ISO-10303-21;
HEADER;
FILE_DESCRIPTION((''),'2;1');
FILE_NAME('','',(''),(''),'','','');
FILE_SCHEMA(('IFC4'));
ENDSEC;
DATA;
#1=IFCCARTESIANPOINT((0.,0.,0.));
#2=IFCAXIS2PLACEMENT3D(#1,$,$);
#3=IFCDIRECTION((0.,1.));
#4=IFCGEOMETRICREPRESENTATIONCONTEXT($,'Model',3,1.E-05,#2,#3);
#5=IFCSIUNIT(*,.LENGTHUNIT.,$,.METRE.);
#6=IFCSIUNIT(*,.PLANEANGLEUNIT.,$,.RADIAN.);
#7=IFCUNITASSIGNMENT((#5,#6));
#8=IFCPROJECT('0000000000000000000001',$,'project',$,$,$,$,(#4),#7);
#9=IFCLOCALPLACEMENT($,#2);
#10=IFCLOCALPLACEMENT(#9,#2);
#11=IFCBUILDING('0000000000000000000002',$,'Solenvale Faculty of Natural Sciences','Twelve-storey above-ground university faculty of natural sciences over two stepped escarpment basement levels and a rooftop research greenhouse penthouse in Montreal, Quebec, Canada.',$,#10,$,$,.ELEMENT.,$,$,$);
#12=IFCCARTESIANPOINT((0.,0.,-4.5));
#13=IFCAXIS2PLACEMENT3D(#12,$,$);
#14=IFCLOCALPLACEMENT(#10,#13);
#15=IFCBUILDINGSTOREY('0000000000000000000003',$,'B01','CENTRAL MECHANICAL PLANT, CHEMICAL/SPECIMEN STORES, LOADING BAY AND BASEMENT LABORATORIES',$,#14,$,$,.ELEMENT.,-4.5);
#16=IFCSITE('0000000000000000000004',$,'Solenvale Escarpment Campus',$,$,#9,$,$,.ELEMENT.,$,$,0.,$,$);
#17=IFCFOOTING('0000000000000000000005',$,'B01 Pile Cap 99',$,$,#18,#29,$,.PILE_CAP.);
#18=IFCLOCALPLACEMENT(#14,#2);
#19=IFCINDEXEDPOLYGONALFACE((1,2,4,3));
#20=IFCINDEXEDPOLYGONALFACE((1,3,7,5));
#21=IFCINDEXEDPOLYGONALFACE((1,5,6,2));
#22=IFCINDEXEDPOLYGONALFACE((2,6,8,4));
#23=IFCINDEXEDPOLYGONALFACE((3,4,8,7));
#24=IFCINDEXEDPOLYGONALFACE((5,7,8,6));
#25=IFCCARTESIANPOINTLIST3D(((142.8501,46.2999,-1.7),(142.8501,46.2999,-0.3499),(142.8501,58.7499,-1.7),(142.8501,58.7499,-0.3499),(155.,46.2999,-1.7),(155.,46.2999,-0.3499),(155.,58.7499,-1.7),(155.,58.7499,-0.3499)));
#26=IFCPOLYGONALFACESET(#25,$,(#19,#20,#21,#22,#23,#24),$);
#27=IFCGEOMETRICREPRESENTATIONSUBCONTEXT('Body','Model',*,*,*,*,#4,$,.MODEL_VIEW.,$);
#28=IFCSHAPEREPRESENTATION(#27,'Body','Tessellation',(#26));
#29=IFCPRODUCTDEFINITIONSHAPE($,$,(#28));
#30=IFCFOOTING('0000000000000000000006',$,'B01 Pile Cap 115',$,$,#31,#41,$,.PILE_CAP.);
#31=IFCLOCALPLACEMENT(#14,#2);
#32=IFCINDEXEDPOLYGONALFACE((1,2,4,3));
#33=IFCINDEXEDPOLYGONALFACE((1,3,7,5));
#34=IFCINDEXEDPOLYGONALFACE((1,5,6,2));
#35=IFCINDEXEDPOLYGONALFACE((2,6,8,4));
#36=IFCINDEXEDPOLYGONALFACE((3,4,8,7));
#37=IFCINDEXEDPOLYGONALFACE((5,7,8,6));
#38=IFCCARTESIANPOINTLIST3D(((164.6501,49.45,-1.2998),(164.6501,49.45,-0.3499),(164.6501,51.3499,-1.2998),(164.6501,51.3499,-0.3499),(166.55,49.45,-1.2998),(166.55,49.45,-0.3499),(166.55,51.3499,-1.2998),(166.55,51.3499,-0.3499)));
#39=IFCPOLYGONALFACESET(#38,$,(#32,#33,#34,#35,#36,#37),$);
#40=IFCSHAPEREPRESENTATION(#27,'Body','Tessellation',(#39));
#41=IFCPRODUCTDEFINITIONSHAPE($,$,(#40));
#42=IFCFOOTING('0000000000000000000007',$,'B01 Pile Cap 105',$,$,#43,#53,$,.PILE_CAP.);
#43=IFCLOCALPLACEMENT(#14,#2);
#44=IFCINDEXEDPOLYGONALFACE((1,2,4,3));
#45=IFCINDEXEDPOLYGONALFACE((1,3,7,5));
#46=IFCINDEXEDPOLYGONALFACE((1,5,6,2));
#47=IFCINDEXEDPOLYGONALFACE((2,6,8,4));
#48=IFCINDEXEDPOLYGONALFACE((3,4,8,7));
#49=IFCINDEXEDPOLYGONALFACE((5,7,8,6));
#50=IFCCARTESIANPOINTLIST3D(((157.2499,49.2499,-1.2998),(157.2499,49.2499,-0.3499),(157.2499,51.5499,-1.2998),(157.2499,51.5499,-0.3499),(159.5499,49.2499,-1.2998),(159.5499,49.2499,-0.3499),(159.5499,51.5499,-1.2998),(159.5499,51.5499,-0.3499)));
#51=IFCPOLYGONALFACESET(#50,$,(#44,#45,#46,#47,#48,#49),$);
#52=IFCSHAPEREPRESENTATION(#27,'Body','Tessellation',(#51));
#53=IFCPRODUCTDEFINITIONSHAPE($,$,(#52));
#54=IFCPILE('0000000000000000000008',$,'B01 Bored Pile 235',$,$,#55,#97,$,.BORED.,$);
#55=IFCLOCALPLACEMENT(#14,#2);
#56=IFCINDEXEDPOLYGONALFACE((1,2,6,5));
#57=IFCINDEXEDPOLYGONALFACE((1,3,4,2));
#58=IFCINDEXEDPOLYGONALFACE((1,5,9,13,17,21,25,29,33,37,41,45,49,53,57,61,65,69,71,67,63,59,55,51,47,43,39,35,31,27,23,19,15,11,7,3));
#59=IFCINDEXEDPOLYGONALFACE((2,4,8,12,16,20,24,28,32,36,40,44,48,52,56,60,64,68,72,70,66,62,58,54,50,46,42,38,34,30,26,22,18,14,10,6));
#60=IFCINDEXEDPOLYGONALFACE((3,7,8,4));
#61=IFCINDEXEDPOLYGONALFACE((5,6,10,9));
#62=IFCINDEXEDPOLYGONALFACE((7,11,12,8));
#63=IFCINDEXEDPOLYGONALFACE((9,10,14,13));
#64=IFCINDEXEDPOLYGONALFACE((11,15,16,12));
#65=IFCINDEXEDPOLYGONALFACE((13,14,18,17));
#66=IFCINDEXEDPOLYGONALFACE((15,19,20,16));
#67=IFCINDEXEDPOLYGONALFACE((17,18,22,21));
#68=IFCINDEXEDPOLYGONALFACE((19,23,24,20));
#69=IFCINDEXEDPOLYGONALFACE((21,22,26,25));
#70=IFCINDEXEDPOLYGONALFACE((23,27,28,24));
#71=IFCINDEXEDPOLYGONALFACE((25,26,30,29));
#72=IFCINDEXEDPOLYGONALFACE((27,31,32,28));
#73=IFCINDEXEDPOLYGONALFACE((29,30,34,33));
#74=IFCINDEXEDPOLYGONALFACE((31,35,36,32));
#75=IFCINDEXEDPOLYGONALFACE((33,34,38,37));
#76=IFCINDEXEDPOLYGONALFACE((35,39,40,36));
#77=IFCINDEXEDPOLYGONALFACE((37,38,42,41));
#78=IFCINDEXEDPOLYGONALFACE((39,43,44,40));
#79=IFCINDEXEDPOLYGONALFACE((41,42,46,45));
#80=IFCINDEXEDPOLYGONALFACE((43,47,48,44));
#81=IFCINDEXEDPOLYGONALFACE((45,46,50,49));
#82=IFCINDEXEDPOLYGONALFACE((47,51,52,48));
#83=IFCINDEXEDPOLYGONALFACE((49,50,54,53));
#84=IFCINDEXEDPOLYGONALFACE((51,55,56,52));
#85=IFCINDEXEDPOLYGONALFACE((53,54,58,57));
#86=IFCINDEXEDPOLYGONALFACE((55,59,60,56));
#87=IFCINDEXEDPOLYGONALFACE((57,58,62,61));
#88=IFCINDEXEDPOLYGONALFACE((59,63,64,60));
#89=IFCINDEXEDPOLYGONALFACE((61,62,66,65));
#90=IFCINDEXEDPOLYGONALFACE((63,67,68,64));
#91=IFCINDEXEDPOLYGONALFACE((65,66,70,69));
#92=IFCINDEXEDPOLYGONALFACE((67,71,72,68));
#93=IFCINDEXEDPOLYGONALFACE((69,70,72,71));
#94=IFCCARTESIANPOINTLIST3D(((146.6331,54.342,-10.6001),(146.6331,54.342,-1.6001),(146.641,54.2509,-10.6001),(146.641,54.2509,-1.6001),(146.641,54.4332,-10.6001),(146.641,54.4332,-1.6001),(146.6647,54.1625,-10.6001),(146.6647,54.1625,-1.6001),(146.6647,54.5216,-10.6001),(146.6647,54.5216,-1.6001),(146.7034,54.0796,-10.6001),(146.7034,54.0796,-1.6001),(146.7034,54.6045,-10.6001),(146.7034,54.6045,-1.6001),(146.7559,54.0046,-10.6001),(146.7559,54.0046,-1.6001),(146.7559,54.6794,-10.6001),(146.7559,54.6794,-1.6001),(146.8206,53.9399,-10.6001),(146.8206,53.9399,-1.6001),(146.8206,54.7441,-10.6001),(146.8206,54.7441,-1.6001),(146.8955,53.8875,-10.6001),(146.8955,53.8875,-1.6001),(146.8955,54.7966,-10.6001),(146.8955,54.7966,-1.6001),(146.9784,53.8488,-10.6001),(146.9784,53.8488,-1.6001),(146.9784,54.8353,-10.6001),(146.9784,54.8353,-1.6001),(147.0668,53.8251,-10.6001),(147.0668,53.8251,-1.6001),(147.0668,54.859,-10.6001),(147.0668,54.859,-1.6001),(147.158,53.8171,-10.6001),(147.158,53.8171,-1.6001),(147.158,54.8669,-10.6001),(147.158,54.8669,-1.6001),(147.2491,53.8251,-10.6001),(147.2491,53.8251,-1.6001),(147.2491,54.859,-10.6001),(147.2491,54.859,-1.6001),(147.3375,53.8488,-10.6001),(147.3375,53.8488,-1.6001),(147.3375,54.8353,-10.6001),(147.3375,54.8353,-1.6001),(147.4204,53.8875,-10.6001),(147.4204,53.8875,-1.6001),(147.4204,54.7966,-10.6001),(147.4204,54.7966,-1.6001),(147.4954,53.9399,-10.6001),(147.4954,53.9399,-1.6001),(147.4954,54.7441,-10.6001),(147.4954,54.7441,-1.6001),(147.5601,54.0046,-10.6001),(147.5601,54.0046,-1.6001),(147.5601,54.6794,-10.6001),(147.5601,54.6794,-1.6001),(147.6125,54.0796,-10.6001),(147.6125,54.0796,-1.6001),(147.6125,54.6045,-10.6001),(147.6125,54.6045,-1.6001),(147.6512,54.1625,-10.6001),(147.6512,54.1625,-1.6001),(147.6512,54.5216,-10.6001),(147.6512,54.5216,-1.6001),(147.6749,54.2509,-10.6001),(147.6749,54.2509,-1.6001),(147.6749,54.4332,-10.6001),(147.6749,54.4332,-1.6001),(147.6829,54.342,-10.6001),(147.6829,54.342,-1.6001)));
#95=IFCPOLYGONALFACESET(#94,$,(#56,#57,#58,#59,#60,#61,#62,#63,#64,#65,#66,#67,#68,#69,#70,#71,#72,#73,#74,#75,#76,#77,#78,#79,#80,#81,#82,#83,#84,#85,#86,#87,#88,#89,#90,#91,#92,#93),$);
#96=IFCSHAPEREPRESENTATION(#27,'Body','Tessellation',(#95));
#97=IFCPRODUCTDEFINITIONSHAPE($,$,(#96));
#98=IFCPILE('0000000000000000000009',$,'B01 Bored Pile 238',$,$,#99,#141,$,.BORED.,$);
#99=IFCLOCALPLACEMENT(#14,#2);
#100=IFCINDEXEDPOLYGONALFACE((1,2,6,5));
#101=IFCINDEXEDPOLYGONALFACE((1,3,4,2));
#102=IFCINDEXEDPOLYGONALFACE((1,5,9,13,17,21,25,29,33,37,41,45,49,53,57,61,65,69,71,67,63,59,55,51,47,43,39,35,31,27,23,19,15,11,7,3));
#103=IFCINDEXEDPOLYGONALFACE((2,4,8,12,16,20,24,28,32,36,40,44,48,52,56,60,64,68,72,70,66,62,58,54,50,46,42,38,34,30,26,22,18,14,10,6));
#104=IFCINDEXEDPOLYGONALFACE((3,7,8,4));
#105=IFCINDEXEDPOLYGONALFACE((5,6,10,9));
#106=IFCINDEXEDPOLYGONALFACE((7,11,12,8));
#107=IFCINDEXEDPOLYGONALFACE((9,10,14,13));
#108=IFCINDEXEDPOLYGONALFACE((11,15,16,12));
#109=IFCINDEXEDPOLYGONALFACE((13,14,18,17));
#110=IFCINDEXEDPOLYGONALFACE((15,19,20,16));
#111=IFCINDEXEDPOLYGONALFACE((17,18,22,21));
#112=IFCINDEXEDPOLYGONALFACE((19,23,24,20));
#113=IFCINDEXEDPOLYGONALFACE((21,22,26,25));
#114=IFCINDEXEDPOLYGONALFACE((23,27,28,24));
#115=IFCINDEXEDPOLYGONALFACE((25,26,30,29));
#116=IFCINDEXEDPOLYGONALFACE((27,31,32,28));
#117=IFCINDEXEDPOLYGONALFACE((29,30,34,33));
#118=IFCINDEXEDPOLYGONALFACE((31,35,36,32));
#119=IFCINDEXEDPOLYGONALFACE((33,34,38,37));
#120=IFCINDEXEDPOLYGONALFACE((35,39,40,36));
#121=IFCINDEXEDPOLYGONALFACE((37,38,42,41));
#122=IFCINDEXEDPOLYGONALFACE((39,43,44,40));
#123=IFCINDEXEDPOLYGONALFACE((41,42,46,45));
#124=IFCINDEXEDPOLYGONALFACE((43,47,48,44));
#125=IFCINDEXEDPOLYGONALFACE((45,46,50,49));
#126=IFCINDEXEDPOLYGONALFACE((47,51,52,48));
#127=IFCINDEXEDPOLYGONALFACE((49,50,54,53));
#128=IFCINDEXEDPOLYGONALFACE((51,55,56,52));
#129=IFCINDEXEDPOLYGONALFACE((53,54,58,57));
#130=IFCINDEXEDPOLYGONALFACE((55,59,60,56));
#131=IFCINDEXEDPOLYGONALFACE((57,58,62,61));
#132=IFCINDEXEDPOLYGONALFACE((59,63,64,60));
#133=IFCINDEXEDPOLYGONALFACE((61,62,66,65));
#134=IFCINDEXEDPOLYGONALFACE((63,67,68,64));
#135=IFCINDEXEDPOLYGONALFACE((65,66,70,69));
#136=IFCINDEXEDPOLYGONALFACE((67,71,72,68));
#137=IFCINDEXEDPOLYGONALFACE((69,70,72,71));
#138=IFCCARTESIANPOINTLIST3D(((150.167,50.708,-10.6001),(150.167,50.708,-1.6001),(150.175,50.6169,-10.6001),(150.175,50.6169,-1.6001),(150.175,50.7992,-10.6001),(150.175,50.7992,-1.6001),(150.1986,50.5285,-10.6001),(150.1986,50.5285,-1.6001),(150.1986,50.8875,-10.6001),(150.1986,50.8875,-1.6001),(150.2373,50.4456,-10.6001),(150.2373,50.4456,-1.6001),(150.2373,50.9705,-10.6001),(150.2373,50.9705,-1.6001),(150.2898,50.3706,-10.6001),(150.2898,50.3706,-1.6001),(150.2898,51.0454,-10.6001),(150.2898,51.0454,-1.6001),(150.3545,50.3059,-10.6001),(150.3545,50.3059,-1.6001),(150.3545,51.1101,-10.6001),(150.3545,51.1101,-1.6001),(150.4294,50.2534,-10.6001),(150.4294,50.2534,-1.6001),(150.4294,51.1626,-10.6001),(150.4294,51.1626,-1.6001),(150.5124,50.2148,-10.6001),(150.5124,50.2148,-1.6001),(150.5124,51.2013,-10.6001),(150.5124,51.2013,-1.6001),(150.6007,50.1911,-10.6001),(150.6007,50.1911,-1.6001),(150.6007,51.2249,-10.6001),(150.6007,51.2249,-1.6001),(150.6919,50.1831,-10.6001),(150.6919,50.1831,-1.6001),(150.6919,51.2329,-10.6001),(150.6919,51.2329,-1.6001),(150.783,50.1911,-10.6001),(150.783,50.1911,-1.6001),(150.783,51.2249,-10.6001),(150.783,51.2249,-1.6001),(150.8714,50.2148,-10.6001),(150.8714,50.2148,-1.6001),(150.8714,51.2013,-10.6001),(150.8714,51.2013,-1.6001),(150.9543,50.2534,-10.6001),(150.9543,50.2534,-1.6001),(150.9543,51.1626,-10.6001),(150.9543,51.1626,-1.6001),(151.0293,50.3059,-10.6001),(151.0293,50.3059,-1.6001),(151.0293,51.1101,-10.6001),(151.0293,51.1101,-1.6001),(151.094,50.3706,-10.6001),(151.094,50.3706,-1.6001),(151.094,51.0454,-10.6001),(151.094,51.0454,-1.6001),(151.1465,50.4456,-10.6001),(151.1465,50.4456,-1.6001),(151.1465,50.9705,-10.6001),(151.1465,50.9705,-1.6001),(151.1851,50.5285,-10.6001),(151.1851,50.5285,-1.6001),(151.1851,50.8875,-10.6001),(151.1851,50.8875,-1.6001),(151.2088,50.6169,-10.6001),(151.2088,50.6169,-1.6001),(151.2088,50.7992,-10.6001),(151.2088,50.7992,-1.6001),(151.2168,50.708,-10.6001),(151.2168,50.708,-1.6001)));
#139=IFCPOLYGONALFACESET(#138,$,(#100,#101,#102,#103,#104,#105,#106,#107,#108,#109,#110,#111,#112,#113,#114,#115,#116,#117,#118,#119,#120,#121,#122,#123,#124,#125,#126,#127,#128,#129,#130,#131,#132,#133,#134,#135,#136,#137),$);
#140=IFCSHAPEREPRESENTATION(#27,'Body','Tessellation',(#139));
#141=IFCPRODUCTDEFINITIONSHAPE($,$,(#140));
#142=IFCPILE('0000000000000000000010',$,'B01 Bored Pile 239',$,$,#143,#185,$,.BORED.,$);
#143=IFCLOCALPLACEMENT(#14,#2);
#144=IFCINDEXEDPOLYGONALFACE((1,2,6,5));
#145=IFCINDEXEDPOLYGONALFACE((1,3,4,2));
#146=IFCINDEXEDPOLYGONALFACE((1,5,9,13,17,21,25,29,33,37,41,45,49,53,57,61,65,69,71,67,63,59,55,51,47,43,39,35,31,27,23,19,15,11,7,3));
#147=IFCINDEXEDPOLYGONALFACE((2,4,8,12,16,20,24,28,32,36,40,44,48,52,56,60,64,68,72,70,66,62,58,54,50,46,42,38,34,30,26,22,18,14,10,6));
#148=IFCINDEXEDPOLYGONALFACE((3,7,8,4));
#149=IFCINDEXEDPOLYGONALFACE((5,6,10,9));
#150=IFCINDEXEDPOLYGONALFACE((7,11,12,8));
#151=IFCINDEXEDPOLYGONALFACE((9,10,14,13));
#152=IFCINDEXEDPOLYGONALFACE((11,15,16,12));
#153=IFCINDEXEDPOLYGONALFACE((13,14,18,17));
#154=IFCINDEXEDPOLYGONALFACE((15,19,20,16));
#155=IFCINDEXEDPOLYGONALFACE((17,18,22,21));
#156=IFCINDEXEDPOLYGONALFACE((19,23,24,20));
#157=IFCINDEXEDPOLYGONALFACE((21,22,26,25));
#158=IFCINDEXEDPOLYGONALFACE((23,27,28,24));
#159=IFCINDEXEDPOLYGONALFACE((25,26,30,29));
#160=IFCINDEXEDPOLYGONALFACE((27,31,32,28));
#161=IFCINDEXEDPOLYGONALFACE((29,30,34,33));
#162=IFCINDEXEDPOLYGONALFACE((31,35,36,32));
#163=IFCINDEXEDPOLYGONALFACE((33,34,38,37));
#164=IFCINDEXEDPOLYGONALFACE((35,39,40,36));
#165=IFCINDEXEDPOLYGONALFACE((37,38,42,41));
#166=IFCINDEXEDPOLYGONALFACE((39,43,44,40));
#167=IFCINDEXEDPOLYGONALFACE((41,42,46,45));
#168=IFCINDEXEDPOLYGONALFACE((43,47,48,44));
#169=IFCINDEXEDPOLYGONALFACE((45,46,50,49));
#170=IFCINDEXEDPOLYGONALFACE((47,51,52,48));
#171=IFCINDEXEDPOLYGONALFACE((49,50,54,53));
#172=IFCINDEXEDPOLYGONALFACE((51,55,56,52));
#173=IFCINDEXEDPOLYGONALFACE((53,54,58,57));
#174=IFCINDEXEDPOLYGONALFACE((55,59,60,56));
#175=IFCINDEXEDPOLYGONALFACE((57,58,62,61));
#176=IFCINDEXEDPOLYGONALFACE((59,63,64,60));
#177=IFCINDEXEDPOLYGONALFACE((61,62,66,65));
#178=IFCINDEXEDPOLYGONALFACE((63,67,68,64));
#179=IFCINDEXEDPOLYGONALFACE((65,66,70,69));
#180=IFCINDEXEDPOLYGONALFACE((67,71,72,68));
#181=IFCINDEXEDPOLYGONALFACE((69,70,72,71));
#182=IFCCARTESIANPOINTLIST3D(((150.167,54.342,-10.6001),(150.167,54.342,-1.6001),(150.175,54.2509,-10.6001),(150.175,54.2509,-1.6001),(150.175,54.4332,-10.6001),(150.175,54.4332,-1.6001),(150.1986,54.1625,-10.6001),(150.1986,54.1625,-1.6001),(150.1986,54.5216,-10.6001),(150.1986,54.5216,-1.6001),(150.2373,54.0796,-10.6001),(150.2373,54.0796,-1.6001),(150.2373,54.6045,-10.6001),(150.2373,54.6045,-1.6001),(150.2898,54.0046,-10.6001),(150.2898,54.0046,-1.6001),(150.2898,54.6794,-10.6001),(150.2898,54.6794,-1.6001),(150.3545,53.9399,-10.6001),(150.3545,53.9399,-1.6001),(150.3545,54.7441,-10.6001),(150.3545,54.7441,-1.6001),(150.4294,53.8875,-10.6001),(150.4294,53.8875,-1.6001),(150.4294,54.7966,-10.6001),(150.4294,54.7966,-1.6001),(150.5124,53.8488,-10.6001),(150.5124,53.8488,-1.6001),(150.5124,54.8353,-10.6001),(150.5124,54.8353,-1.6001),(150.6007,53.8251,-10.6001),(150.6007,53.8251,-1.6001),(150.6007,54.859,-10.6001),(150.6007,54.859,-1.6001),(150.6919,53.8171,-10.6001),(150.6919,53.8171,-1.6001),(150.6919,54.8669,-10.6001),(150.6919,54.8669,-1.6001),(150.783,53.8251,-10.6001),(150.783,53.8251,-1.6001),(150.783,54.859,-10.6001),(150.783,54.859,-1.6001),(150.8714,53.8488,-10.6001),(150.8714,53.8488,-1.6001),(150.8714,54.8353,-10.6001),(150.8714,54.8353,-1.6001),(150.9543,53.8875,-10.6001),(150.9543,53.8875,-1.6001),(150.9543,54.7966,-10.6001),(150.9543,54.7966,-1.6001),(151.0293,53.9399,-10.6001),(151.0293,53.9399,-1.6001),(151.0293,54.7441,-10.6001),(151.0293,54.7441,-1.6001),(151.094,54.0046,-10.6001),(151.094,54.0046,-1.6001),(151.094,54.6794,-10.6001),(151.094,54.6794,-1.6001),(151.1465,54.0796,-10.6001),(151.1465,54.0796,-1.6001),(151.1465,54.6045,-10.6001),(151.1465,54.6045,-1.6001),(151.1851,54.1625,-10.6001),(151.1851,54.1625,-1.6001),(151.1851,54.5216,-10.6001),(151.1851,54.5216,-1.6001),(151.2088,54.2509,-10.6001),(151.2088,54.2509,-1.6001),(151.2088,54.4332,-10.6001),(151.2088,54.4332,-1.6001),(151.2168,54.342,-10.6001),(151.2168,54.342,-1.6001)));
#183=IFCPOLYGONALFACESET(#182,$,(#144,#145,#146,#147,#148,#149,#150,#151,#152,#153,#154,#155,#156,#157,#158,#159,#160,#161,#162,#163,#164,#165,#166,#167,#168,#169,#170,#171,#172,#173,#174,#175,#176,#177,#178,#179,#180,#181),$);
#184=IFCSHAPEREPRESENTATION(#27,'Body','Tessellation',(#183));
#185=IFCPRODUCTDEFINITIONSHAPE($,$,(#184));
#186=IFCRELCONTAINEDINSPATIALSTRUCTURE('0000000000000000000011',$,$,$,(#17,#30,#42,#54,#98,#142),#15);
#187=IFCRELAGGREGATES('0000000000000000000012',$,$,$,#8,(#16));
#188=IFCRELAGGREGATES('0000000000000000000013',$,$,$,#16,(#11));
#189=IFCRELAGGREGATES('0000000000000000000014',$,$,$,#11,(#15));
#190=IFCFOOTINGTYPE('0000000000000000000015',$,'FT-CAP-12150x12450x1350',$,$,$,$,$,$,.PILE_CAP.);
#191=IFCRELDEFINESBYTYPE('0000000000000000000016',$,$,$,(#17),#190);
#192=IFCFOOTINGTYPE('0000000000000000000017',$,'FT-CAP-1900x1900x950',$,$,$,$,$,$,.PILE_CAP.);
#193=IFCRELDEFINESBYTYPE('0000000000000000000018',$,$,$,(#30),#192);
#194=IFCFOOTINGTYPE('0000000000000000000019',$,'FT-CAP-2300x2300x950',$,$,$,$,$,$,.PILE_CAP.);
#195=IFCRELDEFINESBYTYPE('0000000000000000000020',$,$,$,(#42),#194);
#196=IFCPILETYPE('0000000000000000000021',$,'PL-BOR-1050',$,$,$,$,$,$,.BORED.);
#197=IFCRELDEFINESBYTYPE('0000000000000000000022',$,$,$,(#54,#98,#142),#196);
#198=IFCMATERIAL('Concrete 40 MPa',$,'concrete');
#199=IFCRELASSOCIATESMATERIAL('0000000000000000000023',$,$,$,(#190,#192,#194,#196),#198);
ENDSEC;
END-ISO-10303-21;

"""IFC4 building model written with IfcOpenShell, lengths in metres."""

from ifc_helpers import new_model, si_unit, direction, frame, origin, origin_2d, place, context, subcontext, project, spatial, rectangle, circle, extrude, material, material_profile, profile_set, type_object, element, save


model = new_model("IFC4")

# Units and contexts
model_context = context("Model", 3, precision=1e-05, world=origin(), true_north=direction((0.0, 1.0)))
body_context = subcontext(model_context, "Body", "Model", "MODEL_VIEW")
ifc_project = project(units=[si_unit("LENGTHUNIT", "METRE"), si_unit("PLANEANGLEUNIT", "RADIAN")], contexts=[model_context])

# Site, building, storey
site_placement = place(None, origin())
site = spatial("IfcSite", under=ifc_project, at=site_placement, Name="Solenvale Escarpment Campus", CompositionType="ELEMENT", RefElevation=0.0)
building_placement = place(site_placement, origin())
building = spatial("IfcBuilding", under=site, at=building_placement, Name="Solenvale Faculty of Natural Sciences", Description="Twelve-storey above-ground university faculty of natural sciences over two stepped escarpment basement levels and a rooftop research greenhouse penthouse in Montreal, Quebec, Canada.", CompositionType="ELEMENT")
storey_placement = place(building_placement, frame((0.0, 0.0, -4.5)))
storey = spatial("IfcBuildingStorey", under=building, at=storey_placement, Name="B01", Description="CENTRAL MECHANICAL PLANT, CHEMICAL/SPECIMEN STORES, LOADING BAY AND BASEMENT LABORATORIES", CompositionType="ELEMENT", Elevation=-4.5)

# Footings
ifc_material_1 = material(Name="Concrete 40 MPa", Category="concrete")
footing_type_1 = type_object("IfcFootingType", Name="FT-CAP-12150x12450x1350", PredefinedType="PILE_CAP", material=ifc_material_1)
footing_1_placement = place(storey_placement, frame((148.925, 52.5249, -1.7), z_axis=(0.0, 0.0, 1.0), x_axis=(1.0, 0.0, 0.0)))
element("IfcFooting", 1, at=footing_1_placement, inside=storey, type_object=footing_type_1, Name="B01 Pile Cap 99", PredefinedType="PILE_CAP", context=body_context, shape_type="SweptSolid", body=[
    extrude(rectangle(XDim=12.1499, YDim=12.45, at=origin_2d()), origin(), (0.0, 0.0, 1.0), 1.3501),
])
footing_type_2 = type_object("IfcFootingType", Name="FT-CAP-1900x1900x950", PredefinedType="PILE_CAP", material=ifc_material_1)
footing_2_placement = place(storey_placement, frame((165.6001, 50.3999, -1.2998), z_axis=(0.0, 0.0, 1.0), x_axis=(1.0, 0.0, 0.0)))
element("IfcFooting", 2, at=footing_2_placement, inside=storey, type_object=footing_type_2, Name="B01 Pile Cap 115", PredefinedType="PILE_CAP", context=body_context, shape_type="SweptSolid", body=[
    extrude(rectangle(XDim=1.8999, YDim=1.8999, at=origin_2d()), origin(), (0.0, 0.0, 1.0), 0.95),
])
footing_type_3 = type_object("IfcFootingType", Name="FT-CAP-2300x2300x950", PredefinedType="PILE_CAP", material=ifc_material_1)
footing_3_placement = place(storey_placement, frame((158.3999, 50.3999, -1.2998), z_axis=(0.0, 0.0, 1.0), x_axis=(1.0, 0.0, 0.0)))
element("IfcFooting", 3, at=footing_3_placement, inside=storey, type_object=footing_type_3, Name="B01 Pile Cap 105", PredefinedType="PILE_CAP", context=body_context, shape_type="SweptSolid", body=[
    extrude(rectangle(XDim=2.3, YDim=2.3, at=origin_2d()), origin(), (0.0, 0.0, 1.0), 0.95),
])

# Piles
ifc_material_profile_1 = material_profile(ifc_material_1, circle(Radius=0.5249, at=origin_2d()), Name="PILE-D1050")
ifc_profile_set_1 = profile_set([ifc_material_profile_1], Name="Concrete 40 MPa")
pile_type_1 = type_object("IfcPileType", Name="PL-BOR-1050", PredefinedType="BORED", material=ifc_profile_set_1)
for number, where, z_axis, x_axis, name in (
    (4, (147.158, 54.342, -1.6001), (0.0, 0.0, -1.0), (1.0, 0.0, 0.0), "B01 Bored Pile 235"),
    (5, (150.6919, 50.708, -1.6001), (0.0, 0.0, -1.0), (1.0, 0.0, 0.0), "B01 Bored Pile 238"),
    (6, (150.6919, 54.342, -1.6001), (0.0, 0.0, -1.0), (1.0, 0.0, 0.0), "B01 Bored Pile 239"),
):
    element("IfcPile", number, at=place(storey_placement, frame(where, z_axis=z_axis, x_axis=x_axis)), inside=storey, type_object=pile_type_1, Name=name, PredefinedType="BORED", context=body_context, shape_type="SweptSolid", body=[
        extrude(circle(Radius=0.5249, at=origin_2d()), origin(), (0.0, 0.0, 1.0), 9.0),
    ])

save(model, "model.ifc")
